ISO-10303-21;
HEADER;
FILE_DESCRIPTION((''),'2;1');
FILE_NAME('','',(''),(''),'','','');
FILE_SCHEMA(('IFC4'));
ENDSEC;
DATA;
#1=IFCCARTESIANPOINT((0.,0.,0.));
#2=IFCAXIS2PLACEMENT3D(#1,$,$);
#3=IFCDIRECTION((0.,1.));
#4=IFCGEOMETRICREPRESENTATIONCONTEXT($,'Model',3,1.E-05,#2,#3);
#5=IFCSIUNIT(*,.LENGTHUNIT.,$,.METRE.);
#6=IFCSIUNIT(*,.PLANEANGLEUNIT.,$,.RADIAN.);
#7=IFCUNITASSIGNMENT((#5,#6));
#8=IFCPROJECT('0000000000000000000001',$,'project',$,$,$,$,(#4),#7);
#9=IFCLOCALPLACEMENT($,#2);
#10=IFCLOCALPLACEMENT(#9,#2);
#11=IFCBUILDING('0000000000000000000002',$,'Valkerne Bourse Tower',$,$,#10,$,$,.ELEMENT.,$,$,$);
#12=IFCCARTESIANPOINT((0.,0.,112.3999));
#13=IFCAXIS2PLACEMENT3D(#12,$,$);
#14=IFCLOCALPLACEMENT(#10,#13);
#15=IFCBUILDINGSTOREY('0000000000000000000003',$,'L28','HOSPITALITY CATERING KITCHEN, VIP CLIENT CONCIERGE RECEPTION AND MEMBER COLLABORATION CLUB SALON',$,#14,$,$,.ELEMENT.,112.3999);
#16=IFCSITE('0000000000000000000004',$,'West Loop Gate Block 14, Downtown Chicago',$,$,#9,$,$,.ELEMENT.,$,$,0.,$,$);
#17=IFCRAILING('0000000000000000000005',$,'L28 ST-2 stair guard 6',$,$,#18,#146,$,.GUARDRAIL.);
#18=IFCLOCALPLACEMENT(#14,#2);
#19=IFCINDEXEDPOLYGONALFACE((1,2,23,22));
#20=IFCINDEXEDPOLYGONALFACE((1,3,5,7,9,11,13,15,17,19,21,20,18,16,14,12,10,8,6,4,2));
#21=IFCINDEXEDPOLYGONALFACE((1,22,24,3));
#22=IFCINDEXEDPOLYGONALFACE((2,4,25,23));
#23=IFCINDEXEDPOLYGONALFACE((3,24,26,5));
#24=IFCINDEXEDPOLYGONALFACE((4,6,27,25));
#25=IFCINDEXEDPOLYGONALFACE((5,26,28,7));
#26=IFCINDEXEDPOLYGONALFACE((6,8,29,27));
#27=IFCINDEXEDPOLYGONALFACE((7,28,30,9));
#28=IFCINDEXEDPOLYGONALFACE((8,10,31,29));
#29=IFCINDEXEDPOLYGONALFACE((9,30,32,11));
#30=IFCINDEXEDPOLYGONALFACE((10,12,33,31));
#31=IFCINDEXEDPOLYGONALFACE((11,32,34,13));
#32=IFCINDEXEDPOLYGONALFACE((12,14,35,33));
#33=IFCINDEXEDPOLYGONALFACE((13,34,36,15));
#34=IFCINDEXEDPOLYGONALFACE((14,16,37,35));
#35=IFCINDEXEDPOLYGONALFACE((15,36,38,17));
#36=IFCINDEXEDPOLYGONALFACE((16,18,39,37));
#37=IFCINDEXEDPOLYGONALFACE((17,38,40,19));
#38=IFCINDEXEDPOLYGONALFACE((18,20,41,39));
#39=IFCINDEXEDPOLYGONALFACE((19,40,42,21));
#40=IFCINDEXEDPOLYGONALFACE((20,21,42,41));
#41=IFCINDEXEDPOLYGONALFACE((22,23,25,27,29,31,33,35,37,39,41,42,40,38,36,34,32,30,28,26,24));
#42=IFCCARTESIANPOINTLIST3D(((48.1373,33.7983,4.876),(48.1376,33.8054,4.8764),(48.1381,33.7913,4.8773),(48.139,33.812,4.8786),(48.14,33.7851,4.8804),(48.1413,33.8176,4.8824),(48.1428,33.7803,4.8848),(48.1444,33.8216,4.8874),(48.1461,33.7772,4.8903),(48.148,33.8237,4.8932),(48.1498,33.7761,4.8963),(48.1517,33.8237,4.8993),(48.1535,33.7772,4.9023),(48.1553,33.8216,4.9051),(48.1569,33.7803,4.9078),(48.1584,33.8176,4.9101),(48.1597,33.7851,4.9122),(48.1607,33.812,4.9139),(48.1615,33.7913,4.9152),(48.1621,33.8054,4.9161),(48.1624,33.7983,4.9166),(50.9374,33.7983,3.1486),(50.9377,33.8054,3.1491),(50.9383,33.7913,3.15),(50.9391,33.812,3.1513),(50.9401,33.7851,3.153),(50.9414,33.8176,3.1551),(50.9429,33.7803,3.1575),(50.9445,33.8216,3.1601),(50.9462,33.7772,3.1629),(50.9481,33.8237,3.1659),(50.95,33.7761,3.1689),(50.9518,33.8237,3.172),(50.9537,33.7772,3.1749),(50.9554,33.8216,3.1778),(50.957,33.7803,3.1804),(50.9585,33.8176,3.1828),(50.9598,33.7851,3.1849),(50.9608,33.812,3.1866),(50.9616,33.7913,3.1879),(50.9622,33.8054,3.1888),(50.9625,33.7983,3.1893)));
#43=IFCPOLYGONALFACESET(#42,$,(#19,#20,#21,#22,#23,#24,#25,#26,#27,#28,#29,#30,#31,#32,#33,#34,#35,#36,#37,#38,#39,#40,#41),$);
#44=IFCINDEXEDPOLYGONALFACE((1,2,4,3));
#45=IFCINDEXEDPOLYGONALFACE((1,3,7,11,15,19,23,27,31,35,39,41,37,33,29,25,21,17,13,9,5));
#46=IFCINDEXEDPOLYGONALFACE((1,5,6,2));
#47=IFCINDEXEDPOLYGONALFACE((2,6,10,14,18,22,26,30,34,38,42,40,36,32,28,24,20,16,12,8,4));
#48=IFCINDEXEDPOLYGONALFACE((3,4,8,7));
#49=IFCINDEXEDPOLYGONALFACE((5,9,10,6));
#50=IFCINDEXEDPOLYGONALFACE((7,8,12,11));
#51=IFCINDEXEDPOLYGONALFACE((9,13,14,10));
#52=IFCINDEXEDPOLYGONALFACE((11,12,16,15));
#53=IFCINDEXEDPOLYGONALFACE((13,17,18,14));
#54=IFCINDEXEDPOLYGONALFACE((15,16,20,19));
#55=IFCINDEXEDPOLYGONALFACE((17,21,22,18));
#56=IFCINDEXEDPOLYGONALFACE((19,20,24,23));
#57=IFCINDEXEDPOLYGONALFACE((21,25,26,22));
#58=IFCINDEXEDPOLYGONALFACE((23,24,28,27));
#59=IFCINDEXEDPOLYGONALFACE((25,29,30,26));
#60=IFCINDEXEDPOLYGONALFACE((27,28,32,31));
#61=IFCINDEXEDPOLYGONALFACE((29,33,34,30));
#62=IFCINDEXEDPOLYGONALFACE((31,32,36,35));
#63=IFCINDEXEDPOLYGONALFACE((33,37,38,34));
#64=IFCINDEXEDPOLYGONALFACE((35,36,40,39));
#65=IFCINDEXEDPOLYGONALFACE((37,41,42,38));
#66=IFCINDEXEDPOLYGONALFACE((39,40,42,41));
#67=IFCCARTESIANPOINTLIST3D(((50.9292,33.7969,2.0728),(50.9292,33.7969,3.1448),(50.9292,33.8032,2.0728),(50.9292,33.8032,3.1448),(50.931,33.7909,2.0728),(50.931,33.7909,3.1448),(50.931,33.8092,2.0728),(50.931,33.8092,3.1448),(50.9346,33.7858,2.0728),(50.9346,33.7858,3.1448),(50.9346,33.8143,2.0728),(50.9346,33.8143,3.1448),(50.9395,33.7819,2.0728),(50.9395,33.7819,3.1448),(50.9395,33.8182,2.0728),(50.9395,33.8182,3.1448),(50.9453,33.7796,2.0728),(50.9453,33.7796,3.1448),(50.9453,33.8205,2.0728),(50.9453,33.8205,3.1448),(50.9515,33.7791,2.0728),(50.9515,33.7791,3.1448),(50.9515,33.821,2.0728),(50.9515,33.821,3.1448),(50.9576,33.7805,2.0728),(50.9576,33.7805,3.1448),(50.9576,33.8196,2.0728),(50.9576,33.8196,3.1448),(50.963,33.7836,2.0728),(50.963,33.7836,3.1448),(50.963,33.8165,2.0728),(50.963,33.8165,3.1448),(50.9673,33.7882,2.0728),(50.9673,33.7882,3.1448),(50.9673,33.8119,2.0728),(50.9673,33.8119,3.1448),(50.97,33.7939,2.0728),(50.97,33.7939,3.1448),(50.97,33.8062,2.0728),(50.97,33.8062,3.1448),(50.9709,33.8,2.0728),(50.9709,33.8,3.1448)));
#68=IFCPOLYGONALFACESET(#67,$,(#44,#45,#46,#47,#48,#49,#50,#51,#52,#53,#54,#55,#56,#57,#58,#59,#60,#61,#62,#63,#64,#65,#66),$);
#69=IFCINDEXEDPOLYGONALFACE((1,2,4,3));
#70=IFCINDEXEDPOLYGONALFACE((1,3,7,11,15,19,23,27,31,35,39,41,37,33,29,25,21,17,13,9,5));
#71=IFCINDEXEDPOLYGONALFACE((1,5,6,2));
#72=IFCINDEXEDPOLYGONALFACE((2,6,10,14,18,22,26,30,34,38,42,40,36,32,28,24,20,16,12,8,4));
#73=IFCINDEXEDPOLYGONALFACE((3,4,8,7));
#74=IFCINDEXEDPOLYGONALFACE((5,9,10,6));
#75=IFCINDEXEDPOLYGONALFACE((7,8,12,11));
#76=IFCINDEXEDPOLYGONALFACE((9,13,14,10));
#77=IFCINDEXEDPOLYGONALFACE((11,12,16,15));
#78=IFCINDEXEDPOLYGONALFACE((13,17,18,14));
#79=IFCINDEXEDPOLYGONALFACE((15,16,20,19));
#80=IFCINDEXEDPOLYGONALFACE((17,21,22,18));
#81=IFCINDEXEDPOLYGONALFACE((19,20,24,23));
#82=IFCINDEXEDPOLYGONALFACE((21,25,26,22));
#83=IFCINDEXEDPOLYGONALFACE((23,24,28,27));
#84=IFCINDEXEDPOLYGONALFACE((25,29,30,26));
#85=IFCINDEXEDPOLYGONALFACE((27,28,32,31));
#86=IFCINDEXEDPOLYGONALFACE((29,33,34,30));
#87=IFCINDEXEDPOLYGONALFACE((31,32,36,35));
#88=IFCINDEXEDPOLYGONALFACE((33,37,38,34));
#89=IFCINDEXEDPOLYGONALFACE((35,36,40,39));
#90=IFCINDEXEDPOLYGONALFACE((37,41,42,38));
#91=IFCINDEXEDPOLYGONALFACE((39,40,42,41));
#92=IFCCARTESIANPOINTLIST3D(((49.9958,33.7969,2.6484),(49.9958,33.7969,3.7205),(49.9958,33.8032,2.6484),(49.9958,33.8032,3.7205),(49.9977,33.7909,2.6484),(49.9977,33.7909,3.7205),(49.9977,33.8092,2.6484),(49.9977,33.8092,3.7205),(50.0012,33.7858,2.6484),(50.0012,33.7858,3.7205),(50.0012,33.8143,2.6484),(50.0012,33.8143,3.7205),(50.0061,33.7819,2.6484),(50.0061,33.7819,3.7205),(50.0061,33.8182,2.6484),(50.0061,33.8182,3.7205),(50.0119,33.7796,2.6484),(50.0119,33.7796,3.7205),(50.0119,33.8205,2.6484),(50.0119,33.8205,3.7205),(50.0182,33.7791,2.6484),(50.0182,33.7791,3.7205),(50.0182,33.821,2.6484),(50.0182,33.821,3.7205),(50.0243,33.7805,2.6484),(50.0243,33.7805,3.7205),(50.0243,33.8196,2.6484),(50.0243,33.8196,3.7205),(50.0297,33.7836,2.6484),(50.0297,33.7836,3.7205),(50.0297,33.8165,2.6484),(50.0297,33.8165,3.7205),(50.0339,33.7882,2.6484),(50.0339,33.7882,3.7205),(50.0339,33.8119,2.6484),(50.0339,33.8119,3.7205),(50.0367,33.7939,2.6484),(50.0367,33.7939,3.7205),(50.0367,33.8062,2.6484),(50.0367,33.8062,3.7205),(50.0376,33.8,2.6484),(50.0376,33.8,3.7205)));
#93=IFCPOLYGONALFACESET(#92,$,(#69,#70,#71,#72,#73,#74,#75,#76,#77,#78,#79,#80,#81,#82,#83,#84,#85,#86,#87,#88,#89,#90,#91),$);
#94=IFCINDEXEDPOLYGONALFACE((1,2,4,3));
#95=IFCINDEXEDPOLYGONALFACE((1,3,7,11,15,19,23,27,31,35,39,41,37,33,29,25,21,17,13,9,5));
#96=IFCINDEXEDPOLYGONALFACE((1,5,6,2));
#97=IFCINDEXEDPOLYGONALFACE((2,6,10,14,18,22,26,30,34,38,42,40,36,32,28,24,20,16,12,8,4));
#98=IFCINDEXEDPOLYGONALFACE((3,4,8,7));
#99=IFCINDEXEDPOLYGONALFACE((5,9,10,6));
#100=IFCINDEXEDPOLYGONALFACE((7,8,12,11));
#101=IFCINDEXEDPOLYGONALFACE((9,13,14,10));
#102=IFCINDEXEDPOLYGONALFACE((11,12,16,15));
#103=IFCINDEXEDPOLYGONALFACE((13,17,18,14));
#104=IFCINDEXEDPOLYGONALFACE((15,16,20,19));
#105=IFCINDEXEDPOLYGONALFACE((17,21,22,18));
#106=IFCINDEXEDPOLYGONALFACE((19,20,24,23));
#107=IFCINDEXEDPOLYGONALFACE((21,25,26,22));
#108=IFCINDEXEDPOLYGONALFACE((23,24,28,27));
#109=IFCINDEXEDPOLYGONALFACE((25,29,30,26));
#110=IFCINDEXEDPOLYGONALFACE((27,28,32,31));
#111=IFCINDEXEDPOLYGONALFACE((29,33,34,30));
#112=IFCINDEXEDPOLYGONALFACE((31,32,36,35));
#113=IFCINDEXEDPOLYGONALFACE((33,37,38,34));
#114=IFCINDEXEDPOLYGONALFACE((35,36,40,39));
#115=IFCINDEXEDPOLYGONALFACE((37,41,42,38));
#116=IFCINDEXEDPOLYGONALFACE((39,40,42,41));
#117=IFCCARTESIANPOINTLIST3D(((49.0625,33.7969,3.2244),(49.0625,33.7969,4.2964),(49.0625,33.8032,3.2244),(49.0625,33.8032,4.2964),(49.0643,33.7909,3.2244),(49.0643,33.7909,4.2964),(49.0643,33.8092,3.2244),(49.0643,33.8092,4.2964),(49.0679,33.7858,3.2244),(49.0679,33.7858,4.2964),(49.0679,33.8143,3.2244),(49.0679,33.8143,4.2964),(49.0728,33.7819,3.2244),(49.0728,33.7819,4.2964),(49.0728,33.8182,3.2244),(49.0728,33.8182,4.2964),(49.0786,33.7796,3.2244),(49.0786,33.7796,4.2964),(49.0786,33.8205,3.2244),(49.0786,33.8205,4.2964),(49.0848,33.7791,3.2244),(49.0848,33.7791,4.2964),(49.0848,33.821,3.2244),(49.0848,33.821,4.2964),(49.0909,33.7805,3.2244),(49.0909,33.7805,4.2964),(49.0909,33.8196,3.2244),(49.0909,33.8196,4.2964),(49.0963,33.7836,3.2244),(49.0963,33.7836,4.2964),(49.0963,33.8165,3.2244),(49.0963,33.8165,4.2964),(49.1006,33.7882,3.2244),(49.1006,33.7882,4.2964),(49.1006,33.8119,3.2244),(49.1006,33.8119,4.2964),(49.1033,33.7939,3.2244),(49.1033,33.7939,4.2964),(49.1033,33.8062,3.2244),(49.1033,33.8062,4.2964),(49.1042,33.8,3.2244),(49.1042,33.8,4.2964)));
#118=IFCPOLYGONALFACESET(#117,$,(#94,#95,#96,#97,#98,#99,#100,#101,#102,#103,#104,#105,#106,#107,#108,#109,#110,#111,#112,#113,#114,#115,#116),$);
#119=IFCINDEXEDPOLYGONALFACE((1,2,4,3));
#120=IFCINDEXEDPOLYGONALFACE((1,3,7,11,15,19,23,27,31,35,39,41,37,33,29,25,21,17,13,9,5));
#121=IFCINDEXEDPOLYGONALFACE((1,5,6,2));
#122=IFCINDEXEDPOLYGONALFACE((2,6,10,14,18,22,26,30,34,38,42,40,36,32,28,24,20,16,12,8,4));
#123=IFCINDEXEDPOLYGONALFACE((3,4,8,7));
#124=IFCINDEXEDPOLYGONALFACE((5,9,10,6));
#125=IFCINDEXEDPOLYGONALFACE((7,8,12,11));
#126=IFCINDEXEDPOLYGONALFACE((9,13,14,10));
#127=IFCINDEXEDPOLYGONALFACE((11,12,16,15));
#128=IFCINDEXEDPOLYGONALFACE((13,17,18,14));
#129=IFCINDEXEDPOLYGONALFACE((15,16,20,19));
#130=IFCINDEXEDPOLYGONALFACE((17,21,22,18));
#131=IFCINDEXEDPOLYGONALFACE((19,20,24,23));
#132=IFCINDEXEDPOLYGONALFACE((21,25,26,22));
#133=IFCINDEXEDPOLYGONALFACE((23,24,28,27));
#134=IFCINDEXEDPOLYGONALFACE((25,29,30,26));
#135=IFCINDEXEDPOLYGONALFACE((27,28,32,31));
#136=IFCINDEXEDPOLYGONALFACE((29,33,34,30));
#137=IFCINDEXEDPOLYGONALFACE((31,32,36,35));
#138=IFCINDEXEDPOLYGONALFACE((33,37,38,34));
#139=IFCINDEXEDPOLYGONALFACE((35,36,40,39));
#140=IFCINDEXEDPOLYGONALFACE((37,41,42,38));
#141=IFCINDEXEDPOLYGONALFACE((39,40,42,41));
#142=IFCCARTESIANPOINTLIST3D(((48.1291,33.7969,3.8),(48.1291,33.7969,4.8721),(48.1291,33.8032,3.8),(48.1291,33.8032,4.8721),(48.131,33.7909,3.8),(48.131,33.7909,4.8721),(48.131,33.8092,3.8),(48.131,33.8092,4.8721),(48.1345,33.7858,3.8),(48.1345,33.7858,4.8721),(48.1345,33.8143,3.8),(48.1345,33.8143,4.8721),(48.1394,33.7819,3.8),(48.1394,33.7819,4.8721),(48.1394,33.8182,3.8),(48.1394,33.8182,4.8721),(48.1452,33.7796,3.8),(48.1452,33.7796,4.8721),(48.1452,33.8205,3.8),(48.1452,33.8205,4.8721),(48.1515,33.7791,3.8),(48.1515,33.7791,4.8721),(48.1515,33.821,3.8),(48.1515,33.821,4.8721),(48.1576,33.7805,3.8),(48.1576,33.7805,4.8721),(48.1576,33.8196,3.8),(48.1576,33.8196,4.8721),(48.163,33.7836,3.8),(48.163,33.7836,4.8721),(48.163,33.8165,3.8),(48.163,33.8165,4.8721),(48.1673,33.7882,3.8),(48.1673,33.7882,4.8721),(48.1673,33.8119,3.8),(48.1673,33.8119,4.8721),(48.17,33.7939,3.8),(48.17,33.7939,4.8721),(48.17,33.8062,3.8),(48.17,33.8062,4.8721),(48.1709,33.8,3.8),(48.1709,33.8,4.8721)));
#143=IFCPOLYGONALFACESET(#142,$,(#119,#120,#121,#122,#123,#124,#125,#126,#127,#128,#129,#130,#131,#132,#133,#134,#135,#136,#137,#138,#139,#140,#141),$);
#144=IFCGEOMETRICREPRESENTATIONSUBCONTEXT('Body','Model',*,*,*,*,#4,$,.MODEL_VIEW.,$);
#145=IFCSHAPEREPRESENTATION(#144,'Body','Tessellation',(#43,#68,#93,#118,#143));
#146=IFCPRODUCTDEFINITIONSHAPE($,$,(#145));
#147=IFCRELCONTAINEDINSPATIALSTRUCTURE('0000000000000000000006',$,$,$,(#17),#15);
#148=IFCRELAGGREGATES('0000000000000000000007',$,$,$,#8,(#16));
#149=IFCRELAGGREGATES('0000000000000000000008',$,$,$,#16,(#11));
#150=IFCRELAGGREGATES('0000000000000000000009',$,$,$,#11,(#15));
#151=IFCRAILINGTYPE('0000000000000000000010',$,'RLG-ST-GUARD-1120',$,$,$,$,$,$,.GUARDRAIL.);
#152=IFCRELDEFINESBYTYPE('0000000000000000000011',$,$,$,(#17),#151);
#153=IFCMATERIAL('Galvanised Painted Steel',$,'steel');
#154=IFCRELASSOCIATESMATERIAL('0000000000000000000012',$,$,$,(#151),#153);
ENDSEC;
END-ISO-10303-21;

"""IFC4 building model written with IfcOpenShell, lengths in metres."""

from ifc_helpers import new_model, si_unit, direction, frame, origin, origin_2d, place, context, subcontext, project, spatial, circle, extrude, material, type_object, element, save


model = new_model("IFC4")

# Units and contexts
model_context = context("Model", 3, precision=1e-05, world=origin(), true_north=direction((0.0, 1.0)))
body_context = subcontext(model_context, "Body", "Model", "MODEL_VIEW")
ifc_project = project(units=[si_unit("LENGTHUNIT", "METRE"), si_unit("PLANEANGLEUNIT", "RADIAN")], contexts=[model_context])

# Site, building, storey
site_placement = place(None, origin())
site = spatial("IfcSite", under=ifc_project, at=site_placement, Name="West Loop Gate Block 14, Downtown Chicago", CompositionType="ELEMENT", RefElevation=0.0)
building_placement = place(site_placement, origin())
building = spatial("IfcBuilding", under=site, at=building_placement, Name="Valkerne Bourse Tower", CompositionType="ELEMENT")
storey_placement = place(building_placement, frame((0.0, 0.0, 112.3999)))
storey = spatial("IfcBuildingStorey", under=building, at=storey_placement, Name="L28", Description="HOSPITALITY CATERING KITCHEN, VIP CLIENT CONCIERGE RECEPTION AND MEMBER COLLABORATION CLUB SALON", CompositionType="ELEMENT", Elevation=112.3999)

# Railing
ifc_material_1 = material(Name="Galvanised Painted Steel", Category="steel")
railing_type_1 = type_object("IfcRailingType", Name="RLG-ST-GUARD-1120", PredefinedType="GUARDRAIL", material=ifc_material_1)
railing_1_placement = place(storey_placement, frame((50.95, 33.8, 2.0728)))
element("IfcRailing", 1, at=railing_1_placement, inside=storey, type_object=railing_type_1, Name="L28 ST-2 stair guard 6", PredefinedType="GUARDRAIL", context=body_context, shape_type="SweptSolid", body=[
    extrude(circle(Radius=0.0239, at=origin_2d()), frame((0.0, 0.0, 1.0962), z_axis=(-0.85109, 0.0, 0.52502), x_axis=(0.0, -1.0, 0.0)), (0.0, 0.0, 1.0), 3.29),
    extrude(circle(Radius=0.021, at=origin_2d()), origin(), (0.0, 0.0, 1.0), 1.072),
    extrude(circle(Radius=0.021, at=origin_2d()), frame((-0.9333, 0.0, 0.5757)), (0.0, 0.0, 1.0), 1.072),
    extrude(circle(Radius=0.021, at=origin_2d()), frame((-1.8667, 0.0, 1.1516)), (0.0, 0.0, 1.0), 1.072),
    extrude(circle(Radius=0.021, at=origin_2d()), frame((-2.8, 0.0, 1.7273)), (0.0, 0.0, 1.0), 1.072),
])

save(model, "model.ifc")
